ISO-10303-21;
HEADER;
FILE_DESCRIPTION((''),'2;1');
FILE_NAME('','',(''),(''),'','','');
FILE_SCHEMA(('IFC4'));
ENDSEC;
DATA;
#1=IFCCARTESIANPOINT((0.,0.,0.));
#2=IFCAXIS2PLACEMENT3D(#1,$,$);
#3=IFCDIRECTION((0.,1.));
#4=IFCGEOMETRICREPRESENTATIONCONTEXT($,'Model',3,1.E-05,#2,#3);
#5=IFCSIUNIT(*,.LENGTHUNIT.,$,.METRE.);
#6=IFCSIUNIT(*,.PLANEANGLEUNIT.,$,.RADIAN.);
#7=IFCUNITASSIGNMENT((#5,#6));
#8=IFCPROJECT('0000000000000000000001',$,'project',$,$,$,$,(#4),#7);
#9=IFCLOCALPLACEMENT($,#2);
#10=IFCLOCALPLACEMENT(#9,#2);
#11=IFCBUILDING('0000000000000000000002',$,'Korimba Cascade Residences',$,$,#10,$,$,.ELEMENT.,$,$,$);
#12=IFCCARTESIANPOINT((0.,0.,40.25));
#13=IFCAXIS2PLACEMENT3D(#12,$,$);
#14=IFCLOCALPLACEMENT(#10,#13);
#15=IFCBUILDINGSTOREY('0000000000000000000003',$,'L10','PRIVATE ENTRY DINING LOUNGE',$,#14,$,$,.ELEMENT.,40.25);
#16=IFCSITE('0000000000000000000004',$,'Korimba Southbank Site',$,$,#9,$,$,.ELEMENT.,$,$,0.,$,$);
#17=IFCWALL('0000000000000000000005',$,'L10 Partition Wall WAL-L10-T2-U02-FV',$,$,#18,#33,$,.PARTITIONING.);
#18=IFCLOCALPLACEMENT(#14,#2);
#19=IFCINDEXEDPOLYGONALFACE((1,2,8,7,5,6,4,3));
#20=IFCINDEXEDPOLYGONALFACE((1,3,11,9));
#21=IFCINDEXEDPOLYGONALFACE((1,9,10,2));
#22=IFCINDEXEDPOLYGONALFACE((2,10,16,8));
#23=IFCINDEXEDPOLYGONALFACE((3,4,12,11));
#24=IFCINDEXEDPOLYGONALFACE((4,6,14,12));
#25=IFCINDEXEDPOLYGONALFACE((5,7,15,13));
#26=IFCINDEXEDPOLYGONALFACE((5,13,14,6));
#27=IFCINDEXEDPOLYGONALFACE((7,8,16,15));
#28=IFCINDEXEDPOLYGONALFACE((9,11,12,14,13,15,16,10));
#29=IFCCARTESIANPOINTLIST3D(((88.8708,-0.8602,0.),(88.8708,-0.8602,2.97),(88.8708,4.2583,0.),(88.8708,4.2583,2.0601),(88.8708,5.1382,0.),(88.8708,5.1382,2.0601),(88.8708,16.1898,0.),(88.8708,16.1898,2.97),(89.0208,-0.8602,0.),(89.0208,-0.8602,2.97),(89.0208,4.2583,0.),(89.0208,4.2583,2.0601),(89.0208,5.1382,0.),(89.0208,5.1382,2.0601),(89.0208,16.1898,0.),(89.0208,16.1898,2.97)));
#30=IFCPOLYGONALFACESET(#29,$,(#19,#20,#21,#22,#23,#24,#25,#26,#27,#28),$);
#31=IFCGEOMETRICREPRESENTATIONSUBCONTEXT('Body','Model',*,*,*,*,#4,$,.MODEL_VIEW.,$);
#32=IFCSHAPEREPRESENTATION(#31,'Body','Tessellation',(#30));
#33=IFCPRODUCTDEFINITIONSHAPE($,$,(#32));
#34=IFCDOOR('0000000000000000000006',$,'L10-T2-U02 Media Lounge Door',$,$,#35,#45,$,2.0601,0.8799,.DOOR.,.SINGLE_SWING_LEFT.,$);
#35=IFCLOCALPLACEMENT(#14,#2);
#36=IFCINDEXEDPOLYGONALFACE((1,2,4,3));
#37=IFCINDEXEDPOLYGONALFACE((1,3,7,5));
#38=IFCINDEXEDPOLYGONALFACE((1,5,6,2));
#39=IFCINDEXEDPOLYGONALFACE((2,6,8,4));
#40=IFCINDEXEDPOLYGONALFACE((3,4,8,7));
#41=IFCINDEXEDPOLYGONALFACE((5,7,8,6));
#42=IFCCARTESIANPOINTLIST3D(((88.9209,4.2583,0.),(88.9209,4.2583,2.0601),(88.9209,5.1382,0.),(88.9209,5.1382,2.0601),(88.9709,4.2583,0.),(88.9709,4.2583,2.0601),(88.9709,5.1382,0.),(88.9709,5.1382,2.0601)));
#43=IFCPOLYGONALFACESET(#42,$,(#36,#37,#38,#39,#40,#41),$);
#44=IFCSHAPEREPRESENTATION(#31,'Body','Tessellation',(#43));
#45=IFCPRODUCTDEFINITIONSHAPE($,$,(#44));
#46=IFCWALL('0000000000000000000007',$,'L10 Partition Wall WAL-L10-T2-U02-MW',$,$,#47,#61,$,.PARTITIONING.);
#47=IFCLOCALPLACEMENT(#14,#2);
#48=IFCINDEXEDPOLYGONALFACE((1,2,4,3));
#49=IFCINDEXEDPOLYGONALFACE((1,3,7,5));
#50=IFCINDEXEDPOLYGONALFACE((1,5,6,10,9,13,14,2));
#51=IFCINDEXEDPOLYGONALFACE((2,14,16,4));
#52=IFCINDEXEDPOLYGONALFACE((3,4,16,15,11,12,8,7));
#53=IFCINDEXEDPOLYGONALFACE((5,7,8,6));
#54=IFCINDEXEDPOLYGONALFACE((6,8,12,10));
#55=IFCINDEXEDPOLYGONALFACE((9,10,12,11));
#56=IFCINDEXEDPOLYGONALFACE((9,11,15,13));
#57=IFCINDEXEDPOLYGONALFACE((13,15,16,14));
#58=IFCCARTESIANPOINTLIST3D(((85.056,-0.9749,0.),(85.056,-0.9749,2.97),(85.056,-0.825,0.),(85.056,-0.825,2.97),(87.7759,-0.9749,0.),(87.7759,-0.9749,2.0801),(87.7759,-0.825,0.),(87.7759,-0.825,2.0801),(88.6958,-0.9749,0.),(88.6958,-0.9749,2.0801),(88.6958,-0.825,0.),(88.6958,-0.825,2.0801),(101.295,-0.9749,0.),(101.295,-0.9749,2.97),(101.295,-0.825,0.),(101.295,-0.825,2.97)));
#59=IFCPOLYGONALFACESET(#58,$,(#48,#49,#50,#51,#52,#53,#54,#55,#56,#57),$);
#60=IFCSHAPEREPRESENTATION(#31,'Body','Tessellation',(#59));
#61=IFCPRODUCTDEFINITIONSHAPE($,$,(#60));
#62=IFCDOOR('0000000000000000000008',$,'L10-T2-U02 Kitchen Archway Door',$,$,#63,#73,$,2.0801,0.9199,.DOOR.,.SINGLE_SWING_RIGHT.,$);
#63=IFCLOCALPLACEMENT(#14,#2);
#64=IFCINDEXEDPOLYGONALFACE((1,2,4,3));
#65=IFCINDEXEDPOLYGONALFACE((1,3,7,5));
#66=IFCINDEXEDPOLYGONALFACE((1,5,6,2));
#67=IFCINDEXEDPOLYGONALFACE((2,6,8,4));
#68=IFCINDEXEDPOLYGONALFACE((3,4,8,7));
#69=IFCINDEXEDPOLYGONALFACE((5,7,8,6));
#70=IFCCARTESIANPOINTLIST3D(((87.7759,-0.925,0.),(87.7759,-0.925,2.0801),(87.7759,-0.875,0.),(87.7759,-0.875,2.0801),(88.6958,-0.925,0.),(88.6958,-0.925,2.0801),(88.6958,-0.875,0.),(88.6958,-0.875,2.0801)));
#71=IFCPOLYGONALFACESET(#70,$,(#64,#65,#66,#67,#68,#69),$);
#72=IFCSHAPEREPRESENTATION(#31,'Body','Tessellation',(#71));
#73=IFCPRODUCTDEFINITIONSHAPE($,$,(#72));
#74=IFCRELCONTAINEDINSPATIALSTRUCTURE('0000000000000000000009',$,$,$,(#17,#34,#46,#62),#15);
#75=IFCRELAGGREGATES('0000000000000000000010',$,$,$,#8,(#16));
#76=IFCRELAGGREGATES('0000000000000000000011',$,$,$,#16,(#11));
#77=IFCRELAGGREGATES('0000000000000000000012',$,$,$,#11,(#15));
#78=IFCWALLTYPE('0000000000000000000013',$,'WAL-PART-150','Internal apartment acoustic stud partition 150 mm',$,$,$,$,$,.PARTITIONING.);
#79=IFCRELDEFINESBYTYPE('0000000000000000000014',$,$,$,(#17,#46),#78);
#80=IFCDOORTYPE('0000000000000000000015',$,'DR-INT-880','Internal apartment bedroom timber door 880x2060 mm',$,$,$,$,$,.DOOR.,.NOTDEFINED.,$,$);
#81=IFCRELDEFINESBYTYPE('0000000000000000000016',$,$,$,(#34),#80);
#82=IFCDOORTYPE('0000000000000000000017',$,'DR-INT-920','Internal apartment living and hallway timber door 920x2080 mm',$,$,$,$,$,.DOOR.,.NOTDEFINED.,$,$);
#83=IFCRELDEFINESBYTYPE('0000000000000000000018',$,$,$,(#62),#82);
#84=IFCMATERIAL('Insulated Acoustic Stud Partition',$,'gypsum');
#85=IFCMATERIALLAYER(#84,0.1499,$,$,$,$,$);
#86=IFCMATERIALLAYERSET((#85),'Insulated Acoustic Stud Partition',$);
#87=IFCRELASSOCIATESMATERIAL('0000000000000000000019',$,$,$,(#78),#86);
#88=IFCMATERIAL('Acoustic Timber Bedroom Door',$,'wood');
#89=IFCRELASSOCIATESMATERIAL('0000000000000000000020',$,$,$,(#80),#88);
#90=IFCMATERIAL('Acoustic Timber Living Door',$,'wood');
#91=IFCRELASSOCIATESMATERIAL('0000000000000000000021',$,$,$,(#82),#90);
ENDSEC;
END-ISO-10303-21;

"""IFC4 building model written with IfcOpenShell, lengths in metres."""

from ifc_helpers import new_model, si_unit, direction, frame, frame_2d, origin, place, context, subcontext, project, spatial, rectangle, extrude, material, layer, layer_set, type_object, element, fill, save


model = new_model("IFC4")

# Units and contexts
model_context = context("Model", 3, precision=1e-05, world=origin(), true_north=direction((0.0, 1.0)))
body_context = subcontext(model_context, "Body", "Model", "MODEL_VIEW")
ifc_project = project(units=[si_unit("LENGTHUNIT", "METRE"), si_unit("PLANEANGLEUNIT", "RADIAN")], contexts=[model_context])

# Site, building, storey
site_placement = place(None, origin())
site = spatial("IfcSite", under=ifc_project, at=site_placement, Name="Korimba Southbank Site", CompositionType="ELEMENT", RefElevation=0.0)
building_placement = place(site_placement, origin())
building = spatial("IfcBuilding", under=site, at=building_placement, Name="Korimba Cascade Residences", CompositionType="ELEMENT")
storey_placement = place(building_placement, frame((0.0, 0.0, 40.25)))
storey = spatial("IfcBuildingStorey", under=building, at=storey_placement, Name="L10", Description="PRIVATE ENTRY DINING LOUNGE", CompositionType="ELEMENT", Elevation=40.25)

# Shared definitions
ifc_material_1 = material(Name="Insulated Acoustic Stud Partition", Category="gypsum")
ifc_layer_1 = layer(ifc_material_1, 0.1499)
ifc_layer_set_1 = layer_set([ifc_layer_1], Name="Insulated Acoustic Stud Partition")
wall_type_1 = type_object("IfcWallType", Name="WAL-PART-150", Description="Internal apartment acoustic stud partition 150 mm", PredefinedType="PARTITIONING", material=ifc_layer_set_1)
ifc_material_2 = material(Name="Acoustic Timber Bedroom Door", Category="wood")
door_type_1 = type_object("IfcDoorType", Name="DR-INT-880", Description="Internal apartment bedroom timber door 880x2060 mm", OperationType="NOTDEFINED", PredefinedType="DOOR", material=ifc_material_2)

# Walls, openings, doors
wall_1_placement = place(storey_placement, frame((88.9458, -0.8601, 0.0), z_axis=(0.0, 0.0, 1.0), x_axis=(0.0, 1.0, 0.0)))
wall_1 = element("IfcWall", 1, at=wall_1_placement, inside=storey, type_object=wall_type_1, Name="L10 Partition Wall WAL-L10-T2-U02-FV", PredefinedType="PARTITIONING", context=body_context, shape_type="SweptSolid", body=[
    extrude(rectangle(XDim=17.05, YDim=0.1499, at=frame_2d((8.5249, 0.0))), origin(), (0.0, 0.0, 1.0), 2.97),
])
opening_1_placement = place(wall_1_placement, frame((5.1184, 0.0, 0.0)))
opening_1 = element("IfcOpeningElement", 2, at=opening_1_placement, cuts=wall_1, PredefinedType="OPENING", context=body_context, shape_type="SweptSolid", body=[
    extrude(rectangle(XDim=0.8799, YDim=2.0601, at=frame_2d((0.4399, 1.03))), frame((0.0, 0.085, 0.0), z_axis=(0.0, -1.0, 0.0), x_axis=(1.0, 0.0, 0.0)), (0.0, 0.0, 1.0), 0.1699),
])
door_1_placement = place(opening_1_placement, origin())
door_1 = element("IfcDoor", 3, at=door_1_placement, inside=storey, type_object=door_type_1, Name="L10-T2-U02 Media Lounge Door", OperationType="SINGLE_SWING_LEFT", OverallHeight=2.0601, OverallWidth=0.8799, PredefinedType="DOOR", context=body_context, shape_type="SweptSolid", body=[
    extrude(rectangle(XDim=0.8799, YDim=2.0601, at=frame_2d((0.4399, 1.03))), frame((0.0, 0.0249, 0.0), z_axis=(0.0, -1.0, 0.0), x_axis=(1.0, 0.0, 0.0)), (0.0, 0.0, 1.0), 0.05),
])
fill(opening_1, door_1)
wall_2_placement = place(storey_placement, frame((85.0559, -0.8999, 0.0), z_axis=(0.0, 0.0, 1.0), x_axis=(1.0, 0.0, 0.0)))
wall_2 = element("IfcWall", 4, at=wall_2_placement, inside=storey, type_object=wall_type_1, Name="L10 Partition Wall WAL-L10-T2-U02-MW", PredefinedType="PARTITIONING", context=body_context, shape_type="SweptSolid", body=[
    extrude(rectangle(XDim=16.239, YDim=0.1499, at=frame_2d((8.1196, 0.0))), origin(), (0.0, 0.0, 1.0), 2.97),
])
opening_2_placement = place(wall_2_placement, frame((2.72, 0.0, 0.0)))
opening_2 = element("IfcOpeningElement", 5, at=opening_2_placement, cuts=wall_2, PredefinedType="OPENING", context=body_context, shape_type="SweptSolid", body=[
    extrude(rectangle(XDim=0.9199, YDim=2.0801, at=frame_2d((0.46, 1.04))), frame((0.0, 0.085, 0.0), z_axis=(0.0, -1.0, 0.0), x_axis=(1.0, 0.0, 0.0)), (0.0, 0.0, 1.0), 0.1699),
])
ifc_material_3 = material(Name="Acoustic Timber Living Door", Category="wood")
door_type_2 = type_object("IfcDoorType", Name="DR-INT-920", Description="Internal apartment living and hallway timber door 920x2080 mm", OperationType="NOTDEFINED", PredefinedType="DOOR", material=ifc_material_3)
door_2_placement = place(opening_2_placement, origin())
door_2 = element("IfcDoor", 6, at=door_2_placement, inside=storey, type_object=door_type_2, Name="L10-T2-U02 Kitchen Archway Door", OperationType="SINGLE_SWING_RIGHT", OverallHeight=2.0801, OverallWidth=0.9199, PredefinedType="DOOR", context=body_context, shape_type="SweptSolid", body=[
    extrude(rectangle(XDim=0.9199, YDim=2.0801, at=frame_2d((0.46, 1.04))), frame((0.0, 0.0249, 0.0), z_axis=(0.0, -1.0, 0.0), x_axis=(1.0, 0.0, 0.0)), (0.0, 0.0, 1.0), 0.05),
])
fill(opening_2, door_2)

save(model, "model.ifc")
